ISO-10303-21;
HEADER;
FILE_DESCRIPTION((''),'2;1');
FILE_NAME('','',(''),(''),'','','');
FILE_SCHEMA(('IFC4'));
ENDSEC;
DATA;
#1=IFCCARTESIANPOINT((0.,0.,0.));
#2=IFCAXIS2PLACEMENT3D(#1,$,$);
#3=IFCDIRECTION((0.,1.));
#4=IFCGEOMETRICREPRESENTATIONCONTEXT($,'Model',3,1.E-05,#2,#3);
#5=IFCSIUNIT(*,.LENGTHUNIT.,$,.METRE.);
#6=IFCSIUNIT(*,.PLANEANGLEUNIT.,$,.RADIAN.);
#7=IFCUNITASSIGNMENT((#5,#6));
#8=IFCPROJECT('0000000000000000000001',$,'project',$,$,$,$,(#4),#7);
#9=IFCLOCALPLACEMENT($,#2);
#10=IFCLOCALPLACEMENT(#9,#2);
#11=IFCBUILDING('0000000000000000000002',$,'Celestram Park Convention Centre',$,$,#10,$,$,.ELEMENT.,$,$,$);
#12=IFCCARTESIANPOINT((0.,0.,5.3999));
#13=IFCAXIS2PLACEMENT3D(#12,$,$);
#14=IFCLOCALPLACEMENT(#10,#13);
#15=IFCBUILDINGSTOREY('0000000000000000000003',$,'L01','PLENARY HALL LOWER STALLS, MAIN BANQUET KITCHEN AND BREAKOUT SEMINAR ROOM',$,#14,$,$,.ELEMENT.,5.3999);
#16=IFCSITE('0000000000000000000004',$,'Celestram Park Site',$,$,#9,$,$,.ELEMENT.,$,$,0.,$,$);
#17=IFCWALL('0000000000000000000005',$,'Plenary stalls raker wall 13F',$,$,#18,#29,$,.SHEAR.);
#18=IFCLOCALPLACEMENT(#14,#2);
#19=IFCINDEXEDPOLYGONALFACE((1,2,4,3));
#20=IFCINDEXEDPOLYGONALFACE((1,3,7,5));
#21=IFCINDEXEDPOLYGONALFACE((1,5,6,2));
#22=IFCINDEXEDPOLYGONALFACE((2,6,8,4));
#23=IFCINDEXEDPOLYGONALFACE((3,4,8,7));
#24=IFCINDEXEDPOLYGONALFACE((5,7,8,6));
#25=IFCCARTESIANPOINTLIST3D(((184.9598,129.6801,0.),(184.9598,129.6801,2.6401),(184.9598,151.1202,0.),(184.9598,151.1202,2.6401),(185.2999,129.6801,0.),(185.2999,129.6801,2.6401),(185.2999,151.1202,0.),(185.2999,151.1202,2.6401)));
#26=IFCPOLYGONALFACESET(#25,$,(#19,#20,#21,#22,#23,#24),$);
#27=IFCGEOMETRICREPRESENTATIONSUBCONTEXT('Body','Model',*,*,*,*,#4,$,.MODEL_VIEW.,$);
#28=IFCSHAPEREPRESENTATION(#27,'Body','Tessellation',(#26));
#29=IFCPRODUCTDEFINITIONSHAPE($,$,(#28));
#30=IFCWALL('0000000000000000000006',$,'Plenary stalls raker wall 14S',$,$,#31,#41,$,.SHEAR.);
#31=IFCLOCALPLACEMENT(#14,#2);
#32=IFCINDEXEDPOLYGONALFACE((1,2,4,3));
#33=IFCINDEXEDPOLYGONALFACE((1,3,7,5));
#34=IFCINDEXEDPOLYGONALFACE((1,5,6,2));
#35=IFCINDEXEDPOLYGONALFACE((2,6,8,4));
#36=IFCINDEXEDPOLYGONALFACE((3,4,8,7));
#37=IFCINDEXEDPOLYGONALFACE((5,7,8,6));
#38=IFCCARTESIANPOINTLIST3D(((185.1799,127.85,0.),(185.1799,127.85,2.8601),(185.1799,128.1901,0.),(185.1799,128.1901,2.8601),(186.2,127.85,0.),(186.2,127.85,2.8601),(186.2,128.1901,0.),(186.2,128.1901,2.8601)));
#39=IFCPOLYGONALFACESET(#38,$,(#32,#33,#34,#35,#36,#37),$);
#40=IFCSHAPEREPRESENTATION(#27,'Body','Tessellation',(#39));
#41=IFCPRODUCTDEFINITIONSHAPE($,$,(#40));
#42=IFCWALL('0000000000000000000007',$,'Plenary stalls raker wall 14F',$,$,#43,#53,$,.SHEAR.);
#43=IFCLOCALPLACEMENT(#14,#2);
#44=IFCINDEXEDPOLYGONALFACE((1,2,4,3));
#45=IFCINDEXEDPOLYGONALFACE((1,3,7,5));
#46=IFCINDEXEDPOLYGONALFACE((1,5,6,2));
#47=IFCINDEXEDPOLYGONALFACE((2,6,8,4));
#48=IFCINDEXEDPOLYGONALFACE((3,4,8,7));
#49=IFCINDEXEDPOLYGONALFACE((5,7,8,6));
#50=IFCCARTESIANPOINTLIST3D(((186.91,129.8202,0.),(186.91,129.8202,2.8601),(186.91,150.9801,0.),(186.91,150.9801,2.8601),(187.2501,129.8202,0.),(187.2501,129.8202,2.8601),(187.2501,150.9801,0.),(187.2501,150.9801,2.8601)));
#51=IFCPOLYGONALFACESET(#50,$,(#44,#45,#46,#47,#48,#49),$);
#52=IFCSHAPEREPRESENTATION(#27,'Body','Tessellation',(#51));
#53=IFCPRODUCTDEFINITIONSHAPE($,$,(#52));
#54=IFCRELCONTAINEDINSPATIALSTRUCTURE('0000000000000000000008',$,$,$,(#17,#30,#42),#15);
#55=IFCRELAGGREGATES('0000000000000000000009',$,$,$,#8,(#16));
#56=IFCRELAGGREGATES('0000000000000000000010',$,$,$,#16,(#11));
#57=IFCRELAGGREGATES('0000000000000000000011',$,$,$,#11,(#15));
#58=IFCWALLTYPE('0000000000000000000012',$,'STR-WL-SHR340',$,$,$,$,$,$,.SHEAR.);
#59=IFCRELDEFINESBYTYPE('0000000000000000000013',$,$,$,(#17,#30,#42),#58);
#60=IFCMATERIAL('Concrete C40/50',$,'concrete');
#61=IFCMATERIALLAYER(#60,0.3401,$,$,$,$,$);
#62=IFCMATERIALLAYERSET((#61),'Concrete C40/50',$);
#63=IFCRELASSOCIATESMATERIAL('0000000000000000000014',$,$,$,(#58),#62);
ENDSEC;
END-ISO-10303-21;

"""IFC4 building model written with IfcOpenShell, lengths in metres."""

from ifc_helpers import new_model, si_unit, direction, frame, frame_2d, origin, place, context, subcontext, project, spatial, rectangle, extrude, material, layer, layer_set, type_object, element, save


model = new_model("IFC4")

# Units and contexts
model_context = context("Model", 3, precision=1e-05, world=origin(), true_north=direction((0.0, 1.0)))
body_context = subcontext(model_context, "Body", "Model", "MODEL_VIEW")
ifc_project = project(units=[si_unit("LENGTHUNIT", "METRE"), si_unit("PLANEANGLEUNIT", "RADIAN")], contexts=[model_context])

# Site, building, storey
site_placement = place(None, origin())
site = spatial("IfcSite", under=ifc_project, at=site_placement, Name="Celestram Park Site", CompositionType="ELEMENT", RefElevation=0.0)
building_placement = place(site_placement, origin())
building = spatial("IfcBuilding", under=site, at=building_placement, Name="Celestram Park Convention Centre", CompositionType="ELEMENT")
storey_placement = place(building_placement, frame((0.0, 0.0, 5.3999)))
storey = spatial("IfcBuildingStorey", under=building, at=storey_placement, Name="L01", Description="PLENARY HALL LOWER STALLS, MAIN BANQUET KITCHEN AND BREAKOUT SEMINAR ROOM", CompositionType="ELEMENT", Elevation=5.3999)

# Walls
ifc_material_1 = material(Name="Concrete C40/50", Category="concrete")
ifc_layer_1 = layer(ifc_material_1, 0.3401)
ifc_layer_set_1 = layer_set([ifc_layer_1], Name="Concrete C40/50")
wall_type_1 = type_object("IfcWallType", Name="STR-WL-SHR340", PredefinedType="SHEAR", material=ifc_layer_set_1)
wall_1_placement = place(storey_placement, frame((185.1299, 129.6799, 0.0), z_axis=(0.0, 0.0, 1.0), x_axis=(0.0, 1.0, 0.0)))
element("IfcWall", 1, at=wall_1_placement, inside=storey, type_object=wall_type_1, Name="Plenary stalls raker wall 13F", PredefinedType="SHEAR", context=body_context, shape_type="SweptSolid", body=[
    extrude(rectangle(XDim=21.4402, YDim=0.3401, at=frame_2d((10.7202, 0.0))), origin(), (0.0, 0.0, 1.0), 2.6401),
])
wall_2_placement = place(storey_placement, frame((185.1799, 128.02, 0.0), z_axis=(0.0, 0.0, 1.0), x_axis=(1.0, 0.0, 0.0)))
element("IfcWall", 2, at=wall_2_placement, inside=storey, type_object=wall_type_1, Name="Plenary stalls raker wall 14S", PredefinedType="SHEAR", context=body_context, shape_type="SweptSolid", body=[
    extrude(rectangle(XDim=1.02, YDim=0.3401, at=frame_2d((0.51, 0.0))), origin(), (0.0, 0.0, 1.0), 2.8601),
])
wall_3_placement = place(storey_placement, frame((187.0801, 129.8201, 0.0), z_axis=(0.0, 0.0, 1.0), x_axis=(0.0, 1.0, 0.0)))
element("IfcWall", 3, at=wall_3_placement, inside=storey, type_object=wall_type_1, Name="Plenary stalls raker wall 14F", PredefinedType="SHEAR", context=body_context, shape_type="SweptSolid", body=[
    extrude(rectangle(XDim=21.1599, YDim=0.3401, at=frame_2d((10.5801, 0.0))), origin(), (0.0, 0.0, 1.0), 2.8601),
])

save(model, "model.ifc")
